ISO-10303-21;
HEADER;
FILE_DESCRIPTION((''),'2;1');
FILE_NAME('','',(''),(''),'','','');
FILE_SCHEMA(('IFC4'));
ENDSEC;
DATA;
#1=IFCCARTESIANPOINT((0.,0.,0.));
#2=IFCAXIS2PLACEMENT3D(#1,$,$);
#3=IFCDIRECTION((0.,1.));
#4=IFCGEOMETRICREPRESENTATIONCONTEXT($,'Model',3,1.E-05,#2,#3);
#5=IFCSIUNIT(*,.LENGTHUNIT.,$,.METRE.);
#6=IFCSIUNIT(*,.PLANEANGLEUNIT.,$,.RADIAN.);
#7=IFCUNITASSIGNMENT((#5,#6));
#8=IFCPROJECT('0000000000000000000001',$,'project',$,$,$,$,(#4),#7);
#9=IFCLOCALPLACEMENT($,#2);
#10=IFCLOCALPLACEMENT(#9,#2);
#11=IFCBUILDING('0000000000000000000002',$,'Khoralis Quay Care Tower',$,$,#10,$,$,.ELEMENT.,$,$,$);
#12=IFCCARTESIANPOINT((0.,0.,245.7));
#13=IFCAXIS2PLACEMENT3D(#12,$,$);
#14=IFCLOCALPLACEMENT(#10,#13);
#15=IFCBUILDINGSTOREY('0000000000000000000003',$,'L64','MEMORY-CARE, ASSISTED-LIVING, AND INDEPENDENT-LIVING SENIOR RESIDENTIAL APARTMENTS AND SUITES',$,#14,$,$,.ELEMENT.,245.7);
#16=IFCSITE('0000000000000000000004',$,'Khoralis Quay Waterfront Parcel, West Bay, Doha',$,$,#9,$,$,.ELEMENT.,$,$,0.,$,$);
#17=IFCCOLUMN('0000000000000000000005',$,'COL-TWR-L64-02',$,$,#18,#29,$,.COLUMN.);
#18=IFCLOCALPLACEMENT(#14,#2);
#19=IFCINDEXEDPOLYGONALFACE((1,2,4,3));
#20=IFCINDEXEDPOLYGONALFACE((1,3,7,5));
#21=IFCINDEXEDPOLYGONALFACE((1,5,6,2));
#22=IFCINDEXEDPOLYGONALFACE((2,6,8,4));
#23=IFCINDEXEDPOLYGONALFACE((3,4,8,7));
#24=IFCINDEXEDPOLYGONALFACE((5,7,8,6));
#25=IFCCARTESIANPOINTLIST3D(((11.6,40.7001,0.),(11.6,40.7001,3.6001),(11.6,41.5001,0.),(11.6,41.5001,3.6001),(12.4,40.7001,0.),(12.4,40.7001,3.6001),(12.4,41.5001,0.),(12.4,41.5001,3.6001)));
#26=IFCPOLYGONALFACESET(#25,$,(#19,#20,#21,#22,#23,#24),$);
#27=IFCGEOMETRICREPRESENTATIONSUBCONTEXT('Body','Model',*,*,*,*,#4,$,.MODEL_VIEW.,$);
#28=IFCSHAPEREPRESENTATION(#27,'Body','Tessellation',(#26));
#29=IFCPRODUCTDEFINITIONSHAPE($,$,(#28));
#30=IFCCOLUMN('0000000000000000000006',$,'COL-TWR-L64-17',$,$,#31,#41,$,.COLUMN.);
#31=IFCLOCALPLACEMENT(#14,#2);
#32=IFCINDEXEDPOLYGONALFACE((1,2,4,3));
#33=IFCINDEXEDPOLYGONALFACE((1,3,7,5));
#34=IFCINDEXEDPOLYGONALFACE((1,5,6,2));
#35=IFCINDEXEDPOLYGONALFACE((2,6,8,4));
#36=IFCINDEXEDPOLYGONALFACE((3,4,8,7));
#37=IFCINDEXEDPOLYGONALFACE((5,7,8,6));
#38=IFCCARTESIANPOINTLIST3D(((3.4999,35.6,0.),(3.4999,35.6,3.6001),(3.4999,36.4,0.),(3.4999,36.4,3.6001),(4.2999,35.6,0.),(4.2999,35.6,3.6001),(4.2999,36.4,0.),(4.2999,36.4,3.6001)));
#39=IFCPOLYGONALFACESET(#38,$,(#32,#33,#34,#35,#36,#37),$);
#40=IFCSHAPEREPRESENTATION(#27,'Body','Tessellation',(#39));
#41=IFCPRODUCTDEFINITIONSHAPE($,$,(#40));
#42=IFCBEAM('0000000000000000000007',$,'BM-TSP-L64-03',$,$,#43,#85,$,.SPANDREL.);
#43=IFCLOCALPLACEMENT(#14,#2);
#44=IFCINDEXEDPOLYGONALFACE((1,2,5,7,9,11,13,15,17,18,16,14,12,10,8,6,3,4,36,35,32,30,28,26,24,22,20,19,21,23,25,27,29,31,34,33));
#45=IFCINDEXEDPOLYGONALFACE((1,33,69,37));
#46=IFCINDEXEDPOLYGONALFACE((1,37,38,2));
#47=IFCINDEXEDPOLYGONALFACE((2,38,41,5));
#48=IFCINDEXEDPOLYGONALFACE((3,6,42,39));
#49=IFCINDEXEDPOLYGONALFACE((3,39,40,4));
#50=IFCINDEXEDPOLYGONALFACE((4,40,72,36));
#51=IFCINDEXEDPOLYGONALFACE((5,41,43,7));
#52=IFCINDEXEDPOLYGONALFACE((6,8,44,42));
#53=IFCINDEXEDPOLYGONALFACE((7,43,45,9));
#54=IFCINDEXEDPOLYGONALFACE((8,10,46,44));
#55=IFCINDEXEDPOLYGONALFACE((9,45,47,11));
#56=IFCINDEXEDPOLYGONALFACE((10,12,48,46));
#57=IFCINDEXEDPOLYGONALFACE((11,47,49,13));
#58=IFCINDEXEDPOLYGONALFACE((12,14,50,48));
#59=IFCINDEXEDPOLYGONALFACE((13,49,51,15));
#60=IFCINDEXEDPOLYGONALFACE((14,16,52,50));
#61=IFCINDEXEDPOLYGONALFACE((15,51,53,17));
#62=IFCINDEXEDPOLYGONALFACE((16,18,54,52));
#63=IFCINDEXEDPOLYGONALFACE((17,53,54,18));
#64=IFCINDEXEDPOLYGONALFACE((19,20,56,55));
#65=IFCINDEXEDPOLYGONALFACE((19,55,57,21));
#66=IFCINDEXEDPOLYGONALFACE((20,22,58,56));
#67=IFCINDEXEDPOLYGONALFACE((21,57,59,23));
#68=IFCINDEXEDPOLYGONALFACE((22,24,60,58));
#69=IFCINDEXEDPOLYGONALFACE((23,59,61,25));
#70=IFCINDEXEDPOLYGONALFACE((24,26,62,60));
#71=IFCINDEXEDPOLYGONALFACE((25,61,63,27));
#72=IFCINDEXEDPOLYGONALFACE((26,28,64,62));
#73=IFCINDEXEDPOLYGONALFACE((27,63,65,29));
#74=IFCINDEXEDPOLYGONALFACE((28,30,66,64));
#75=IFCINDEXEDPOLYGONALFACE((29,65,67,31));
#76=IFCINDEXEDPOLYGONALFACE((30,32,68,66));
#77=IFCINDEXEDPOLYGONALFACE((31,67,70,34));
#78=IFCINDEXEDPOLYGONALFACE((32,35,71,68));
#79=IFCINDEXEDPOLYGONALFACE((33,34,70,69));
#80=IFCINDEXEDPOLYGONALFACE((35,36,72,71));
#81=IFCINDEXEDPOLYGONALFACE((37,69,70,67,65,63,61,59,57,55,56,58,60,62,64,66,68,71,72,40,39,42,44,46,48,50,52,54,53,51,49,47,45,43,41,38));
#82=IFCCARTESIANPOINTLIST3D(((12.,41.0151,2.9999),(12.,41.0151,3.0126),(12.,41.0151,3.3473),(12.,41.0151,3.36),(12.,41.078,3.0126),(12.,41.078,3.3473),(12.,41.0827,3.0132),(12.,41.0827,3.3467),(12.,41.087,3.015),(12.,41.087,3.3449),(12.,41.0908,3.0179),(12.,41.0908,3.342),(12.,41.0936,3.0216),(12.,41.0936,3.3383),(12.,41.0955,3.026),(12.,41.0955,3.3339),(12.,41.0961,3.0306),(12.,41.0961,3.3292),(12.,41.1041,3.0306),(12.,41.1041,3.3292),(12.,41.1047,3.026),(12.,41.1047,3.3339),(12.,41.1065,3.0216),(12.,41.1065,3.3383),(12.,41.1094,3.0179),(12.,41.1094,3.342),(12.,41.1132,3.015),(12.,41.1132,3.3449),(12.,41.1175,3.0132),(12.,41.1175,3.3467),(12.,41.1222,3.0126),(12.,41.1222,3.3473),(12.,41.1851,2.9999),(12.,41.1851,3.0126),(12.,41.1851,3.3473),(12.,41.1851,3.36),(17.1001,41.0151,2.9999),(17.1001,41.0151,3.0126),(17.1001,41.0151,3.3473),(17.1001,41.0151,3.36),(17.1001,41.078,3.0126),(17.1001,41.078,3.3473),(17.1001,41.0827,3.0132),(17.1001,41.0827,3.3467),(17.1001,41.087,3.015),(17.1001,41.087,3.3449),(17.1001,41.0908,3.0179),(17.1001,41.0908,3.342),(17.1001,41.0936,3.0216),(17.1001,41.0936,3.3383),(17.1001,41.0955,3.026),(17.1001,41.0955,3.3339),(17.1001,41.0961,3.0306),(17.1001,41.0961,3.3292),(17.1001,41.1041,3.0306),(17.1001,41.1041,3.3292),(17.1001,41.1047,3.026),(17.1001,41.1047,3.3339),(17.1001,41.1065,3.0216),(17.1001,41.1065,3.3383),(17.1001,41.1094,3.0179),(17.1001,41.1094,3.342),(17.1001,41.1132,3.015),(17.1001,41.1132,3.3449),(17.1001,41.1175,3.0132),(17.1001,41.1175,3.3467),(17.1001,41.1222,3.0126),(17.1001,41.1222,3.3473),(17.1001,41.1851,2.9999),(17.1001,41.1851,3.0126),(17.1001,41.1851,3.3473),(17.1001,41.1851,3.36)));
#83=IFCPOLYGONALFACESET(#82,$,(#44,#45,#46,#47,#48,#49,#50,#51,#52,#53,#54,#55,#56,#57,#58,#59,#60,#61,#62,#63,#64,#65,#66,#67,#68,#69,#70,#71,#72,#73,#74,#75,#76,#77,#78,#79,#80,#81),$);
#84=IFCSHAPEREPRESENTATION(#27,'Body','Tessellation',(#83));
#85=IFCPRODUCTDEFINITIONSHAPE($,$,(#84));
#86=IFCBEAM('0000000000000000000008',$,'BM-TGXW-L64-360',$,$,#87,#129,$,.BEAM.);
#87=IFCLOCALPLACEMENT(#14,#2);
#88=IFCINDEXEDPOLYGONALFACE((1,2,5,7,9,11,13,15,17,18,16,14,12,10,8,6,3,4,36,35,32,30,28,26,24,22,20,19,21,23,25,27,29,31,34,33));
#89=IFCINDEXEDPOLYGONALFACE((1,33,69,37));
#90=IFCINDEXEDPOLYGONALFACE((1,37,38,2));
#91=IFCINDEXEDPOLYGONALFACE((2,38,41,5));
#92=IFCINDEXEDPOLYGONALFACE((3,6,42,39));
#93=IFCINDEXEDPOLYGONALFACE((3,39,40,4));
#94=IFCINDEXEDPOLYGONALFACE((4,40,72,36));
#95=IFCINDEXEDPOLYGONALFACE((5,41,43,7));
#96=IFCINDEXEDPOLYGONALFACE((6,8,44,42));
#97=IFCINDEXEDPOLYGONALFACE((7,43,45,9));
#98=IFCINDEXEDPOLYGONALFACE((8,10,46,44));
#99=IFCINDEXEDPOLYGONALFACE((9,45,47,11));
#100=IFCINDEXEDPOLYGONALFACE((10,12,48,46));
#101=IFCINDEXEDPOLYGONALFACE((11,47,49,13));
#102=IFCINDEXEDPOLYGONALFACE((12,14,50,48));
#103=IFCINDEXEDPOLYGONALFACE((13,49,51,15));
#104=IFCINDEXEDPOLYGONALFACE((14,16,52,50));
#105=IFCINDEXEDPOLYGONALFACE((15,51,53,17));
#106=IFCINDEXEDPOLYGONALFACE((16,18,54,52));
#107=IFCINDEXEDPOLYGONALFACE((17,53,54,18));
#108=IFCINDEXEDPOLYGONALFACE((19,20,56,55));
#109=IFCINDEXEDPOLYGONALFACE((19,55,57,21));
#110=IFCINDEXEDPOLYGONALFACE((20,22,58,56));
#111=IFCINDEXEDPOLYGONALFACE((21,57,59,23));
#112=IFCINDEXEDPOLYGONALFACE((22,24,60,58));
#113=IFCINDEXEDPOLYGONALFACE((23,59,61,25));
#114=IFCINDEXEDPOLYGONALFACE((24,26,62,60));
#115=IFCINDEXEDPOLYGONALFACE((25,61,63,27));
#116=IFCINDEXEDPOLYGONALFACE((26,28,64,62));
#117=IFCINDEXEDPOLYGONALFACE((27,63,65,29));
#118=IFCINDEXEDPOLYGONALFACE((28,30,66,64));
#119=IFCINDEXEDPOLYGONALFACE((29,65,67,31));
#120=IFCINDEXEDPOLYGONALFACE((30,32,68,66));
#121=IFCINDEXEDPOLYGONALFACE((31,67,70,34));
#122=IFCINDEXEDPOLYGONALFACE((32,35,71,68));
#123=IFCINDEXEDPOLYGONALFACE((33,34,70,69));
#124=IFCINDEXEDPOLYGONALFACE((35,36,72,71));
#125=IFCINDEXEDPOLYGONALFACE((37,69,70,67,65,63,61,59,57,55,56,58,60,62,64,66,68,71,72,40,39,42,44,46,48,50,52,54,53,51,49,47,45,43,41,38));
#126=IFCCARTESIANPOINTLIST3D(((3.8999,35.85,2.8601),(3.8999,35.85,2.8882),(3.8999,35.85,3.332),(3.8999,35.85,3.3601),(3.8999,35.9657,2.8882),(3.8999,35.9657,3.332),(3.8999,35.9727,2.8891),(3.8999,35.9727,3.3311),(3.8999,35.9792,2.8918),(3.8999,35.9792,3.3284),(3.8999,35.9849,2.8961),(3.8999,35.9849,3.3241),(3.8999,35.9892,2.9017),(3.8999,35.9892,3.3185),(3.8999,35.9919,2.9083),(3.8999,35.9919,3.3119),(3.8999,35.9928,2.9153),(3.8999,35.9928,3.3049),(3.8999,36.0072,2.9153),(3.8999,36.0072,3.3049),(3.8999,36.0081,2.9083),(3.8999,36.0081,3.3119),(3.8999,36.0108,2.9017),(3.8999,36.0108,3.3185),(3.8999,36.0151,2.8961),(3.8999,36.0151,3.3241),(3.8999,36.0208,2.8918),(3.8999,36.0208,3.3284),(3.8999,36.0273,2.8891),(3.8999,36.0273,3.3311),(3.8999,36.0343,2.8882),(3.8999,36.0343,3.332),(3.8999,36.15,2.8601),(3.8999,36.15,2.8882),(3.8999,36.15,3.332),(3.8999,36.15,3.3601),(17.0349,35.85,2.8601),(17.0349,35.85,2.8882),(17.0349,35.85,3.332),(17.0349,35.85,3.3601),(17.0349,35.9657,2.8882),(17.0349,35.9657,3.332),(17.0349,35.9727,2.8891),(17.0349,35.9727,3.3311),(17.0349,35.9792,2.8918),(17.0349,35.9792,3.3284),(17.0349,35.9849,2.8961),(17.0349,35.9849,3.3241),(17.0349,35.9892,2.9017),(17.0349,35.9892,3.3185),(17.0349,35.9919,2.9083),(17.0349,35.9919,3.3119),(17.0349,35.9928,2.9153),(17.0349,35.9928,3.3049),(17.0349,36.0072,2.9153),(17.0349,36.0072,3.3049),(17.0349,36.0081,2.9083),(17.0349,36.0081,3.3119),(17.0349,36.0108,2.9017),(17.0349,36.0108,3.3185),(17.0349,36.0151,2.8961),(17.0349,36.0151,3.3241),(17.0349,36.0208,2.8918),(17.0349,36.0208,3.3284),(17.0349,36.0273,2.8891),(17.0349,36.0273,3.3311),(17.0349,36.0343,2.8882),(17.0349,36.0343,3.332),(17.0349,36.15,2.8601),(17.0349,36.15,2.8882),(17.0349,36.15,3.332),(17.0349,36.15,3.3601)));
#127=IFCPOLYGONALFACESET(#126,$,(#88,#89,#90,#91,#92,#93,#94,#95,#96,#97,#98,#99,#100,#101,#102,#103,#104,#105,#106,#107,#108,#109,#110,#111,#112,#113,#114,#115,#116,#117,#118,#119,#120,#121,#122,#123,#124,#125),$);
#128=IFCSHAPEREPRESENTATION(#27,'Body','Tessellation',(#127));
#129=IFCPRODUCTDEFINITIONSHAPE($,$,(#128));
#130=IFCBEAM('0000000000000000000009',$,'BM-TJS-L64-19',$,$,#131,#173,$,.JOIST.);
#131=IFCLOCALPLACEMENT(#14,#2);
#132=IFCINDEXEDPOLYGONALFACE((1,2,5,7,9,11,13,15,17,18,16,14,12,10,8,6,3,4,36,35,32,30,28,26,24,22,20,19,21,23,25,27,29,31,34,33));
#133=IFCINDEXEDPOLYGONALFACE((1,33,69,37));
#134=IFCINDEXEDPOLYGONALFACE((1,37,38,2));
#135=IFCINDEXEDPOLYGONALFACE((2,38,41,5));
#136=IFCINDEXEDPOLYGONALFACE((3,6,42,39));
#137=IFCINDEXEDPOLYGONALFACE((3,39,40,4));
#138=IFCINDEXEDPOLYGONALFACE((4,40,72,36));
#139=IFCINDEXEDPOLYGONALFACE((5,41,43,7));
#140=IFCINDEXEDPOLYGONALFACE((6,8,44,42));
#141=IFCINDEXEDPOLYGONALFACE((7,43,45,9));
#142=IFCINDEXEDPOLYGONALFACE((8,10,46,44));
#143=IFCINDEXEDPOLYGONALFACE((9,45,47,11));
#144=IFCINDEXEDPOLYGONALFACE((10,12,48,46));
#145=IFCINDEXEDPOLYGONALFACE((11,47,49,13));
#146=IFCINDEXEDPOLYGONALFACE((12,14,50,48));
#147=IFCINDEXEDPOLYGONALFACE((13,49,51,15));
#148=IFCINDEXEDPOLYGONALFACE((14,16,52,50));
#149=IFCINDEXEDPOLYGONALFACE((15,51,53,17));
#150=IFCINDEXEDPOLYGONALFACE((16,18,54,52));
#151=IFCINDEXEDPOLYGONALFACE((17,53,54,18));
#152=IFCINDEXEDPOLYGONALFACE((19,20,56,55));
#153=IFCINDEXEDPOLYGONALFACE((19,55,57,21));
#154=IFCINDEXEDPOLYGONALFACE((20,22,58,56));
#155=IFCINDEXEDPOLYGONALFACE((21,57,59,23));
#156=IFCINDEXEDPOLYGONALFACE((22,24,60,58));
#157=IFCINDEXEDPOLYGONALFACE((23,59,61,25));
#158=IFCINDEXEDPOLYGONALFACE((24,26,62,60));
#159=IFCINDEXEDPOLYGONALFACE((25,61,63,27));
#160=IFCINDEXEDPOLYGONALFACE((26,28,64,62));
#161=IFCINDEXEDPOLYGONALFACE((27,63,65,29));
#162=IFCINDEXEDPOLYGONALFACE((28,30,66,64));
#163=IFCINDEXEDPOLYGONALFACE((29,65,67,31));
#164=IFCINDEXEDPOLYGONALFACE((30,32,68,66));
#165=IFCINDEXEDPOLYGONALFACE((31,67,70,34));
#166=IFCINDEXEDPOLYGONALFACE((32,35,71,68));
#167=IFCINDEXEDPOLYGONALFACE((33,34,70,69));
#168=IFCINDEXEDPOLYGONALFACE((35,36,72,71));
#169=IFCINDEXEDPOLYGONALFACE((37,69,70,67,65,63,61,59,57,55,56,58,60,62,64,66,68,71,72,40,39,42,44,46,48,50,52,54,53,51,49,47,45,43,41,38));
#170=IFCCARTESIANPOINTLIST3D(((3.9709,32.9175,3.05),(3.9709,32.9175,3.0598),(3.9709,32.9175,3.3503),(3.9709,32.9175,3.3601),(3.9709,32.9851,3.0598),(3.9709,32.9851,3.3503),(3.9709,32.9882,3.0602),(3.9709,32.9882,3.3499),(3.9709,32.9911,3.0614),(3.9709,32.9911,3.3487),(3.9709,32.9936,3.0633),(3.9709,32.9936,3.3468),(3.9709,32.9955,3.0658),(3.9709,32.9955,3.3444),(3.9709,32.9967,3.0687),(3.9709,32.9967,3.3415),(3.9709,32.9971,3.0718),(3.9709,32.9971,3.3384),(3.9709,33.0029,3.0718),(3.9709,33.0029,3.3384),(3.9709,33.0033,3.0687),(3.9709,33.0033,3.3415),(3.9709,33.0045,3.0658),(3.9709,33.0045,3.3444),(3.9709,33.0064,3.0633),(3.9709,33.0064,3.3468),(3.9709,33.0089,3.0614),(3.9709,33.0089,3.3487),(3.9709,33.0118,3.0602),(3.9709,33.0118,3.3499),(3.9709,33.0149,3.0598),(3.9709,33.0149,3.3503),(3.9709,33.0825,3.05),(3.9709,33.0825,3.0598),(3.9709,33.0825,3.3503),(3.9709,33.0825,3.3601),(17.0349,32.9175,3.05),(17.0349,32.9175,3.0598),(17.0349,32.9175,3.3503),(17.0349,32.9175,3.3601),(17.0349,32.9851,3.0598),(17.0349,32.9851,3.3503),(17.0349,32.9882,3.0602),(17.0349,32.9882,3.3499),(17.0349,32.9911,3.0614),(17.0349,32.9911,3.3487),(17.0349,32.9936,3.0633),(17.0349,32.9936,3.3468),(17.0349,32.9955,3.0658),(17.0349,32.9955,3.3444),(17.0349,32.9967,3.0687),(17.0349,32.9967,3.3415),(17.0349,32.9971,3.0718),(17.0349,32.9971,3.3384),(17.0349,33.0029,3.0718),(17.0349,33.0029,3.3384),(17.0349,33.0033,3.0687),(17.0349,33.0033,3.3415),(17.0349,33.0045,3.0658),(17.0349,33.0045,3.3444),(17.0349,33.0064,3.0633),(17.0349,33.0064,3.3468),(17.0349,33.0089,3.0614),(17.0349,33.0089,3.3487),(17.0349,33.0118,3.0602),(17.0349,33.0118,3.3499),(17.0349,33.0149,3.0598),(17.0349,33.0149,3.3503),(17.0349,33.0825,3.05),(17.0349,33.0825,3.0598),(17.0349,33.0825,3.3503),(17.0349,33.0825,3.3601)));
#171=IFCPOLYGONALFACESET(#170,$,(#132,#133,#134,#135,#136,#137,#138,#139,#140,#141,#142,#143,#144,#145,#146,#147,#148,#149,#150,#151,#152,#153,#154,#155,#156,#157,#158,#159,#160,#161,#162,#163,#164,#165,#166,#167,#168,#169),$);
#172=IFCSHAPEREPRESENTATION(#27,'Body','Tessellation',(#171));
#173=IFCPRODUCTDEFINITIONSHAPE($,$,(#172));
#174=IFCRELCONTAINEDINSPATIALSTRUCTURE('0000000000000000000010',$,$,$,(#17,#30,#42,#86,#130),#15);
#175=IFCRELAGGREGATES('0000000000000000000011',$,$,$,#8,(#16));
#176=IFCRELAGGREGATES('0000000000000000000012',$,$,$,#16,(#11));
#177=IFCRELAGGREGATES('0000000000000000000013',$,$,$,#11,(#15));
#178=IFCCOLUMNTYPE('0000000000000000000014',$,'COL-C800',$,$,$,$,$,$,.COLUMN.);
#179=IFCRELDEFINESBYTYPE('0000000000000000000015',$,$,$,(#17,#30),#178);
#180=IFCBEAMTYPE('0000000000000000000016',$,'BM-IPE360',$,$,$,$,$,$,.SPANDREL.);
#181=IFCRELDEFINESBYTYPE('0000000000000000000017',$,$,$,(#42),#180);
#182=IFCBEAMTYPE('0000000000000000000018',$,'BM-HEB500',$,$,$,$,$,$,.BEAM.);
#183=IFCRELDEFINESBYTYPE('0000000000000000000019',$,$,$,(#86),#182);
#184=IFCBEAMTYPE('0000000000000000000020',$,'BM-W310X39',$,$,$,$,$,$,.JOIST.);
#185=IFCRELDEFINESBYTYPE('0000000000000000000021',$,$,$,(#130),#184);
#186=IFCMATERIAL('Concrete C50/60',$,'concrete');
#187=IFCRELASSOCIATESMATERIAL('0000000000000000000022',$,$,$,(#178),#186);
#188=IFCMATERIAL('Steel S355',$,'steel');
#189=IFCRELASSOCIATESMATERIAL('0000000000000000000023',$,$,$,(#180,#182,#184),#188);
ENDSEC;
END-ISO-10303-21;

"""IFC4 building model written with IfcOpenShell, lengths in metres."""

from ifc_helpers import new_model, si_unit, direction, frame, origin, origin_2d, place, context, subcontext, project, spatial, rectangle, i_section, extrude, source, transform, mapped, material, material_profile, profile_set, type_object, element, save


model = new_model("IFC4")

# Units and contexts
model_context = context("Model", 3, precision=1e-05, world=origin(), true_north=direction((0.0, 1.0)))
body_context = subcontext(model_context, "Body", "Model", "MODEL_VIEW")
ifc_project = project(units=[si_unit("LENGTHUNIT", "METRE"), si_unit("PLANEANGLEUNIT", "RADIAN")], contexts=[model_context])

# Site, building, storey
site_placement = place(None, origin())
site = spatial("IfcSite", under=ifc_project, at=site_placement, Name="Khoralis Quay Waterfront Parcel, West Bay, Doha", CompositionType="ELEMENT", RefElevation=0.0)
building_placement = place(site_placement, origin())
building = spatial("IfcBuilding", under=site, at=building_placement, Name="Khoralis Quay Care Tower", CompositionType="ELEMENT")
storey_placement = place(building_placement, frame((0.0, 0.0, 245.7)))
storey = spatial("IfcBuildingStorey", under=building, at=storey_placement, Name="L64", Description="MEMORY-CARE, ASSISTED-LIVING, AND INDEPENDENT-LIVING SENIOR RESIDENTIAL APARTMENTS AND SUITES", CompositionType="ELEMENT", Elevation=245.7)

# Columns
ifc_material_1 = material(Name="Concrete C50/60", Category="concrete")
ifc_material_profile_1 = material_profile(ifc_material_1, rectangle(XDim=0.8, YDim=0.8, at=origin_2d()), Name="Concrete C50/60")
ifc_profile_set_1 = profile_set([ifc_material_profile_1], Name="Concrete C50/60")
column_type = type_object("IfcColumnType", Name="COL-C800", PredefinedType="COLUMN", material=ifc_profile_set_1)
shared_shape_1 = source(origin(), body_context, "Body", "SweptSolid", [
    extrude(rectangle(XDim=0.8, YDim=0.8, at=origin_2d()), origin(), (0.0, 0.0, 1.0), 3.6001),
])
for number, where, z_axis, x_axis, name in (
    (1, (12.0, 41.1001, 0.0), (0.0, 0.0, 1.0), (1.0, 0.0, 0.0), "COL-TWR-L64-02"),
    (2, (3.8999, 36.0, 0.0), (0.0, 0.0, 1.0), (1.0, 0.0, 0.0), "COL-TWR-L64-17"),
):
    element("IfcColumn", number, at=place(storey_placement, frame(where, z_axis=z_axis, x_axis=x_axis)), inside=storey, type_object=column_type, Name=name, PredefinedType="COLUMN", context=body_context, shape_type="MappedRepresentation", body=[
        mapped(shared_shape_1, transform((0.0, 0.0, 0.0), scale=1.0)),
    ])

# Beams
ifc_material_2 = material(Name="Steel S355", Category="steel")
ifc_material_profile_2 = material_profile(ifc_material_2, i_section(OverallWidth=0.1699, OverallDepth=0.3601, WebThickness=0.0081, FlangeThickness=0.0127, FilletRadius=0.0181, at=origin_2d()), Name="Steel S355")
ifc_profile_set_2 = profile_set([ifc_material_profile_2], Name="Steel S355")
beam_type_1 = type_object("IfcBeamType", Name="BM-IPE360", PredefinedType="SPANDREL", material=ifc_profile_set_2)
shared_shape_2 = source(origin(), body_context, "Body", "SweptSolid", [
    extrude(i_section(OverallWidth=0.1699, OverallDepth=0.3601, WebThickness=0.0081, FlangeThickness=0.0127, FilletRadius=0.0181, at=origin_2d()), origin(), (0.0, 0.0, 1.0), 5.1001),
])
beam_1_placement = place(storey_placement, frame((12.0, 41.1001, 3.1799), z_axis=(1.0, 0.0, 0.0), x_axis=(0.0, 1.0, 0.0)))
element("IfcBeam", 3, at=beam_1_placement, inside=storey, type_object=beam_type_1, Name="BM-TSP-L64-03", PredefinedType="SPANDREL", context=body_context, shape_type="MappedRepresentation", body=[
    mapped(shared_shape_2, transform((0.0, 0.0, 0.0), scale=1.0)),
])
ifc_material_profile_3 = material_profile(ifc_material_2, i_section(OverallWidth=0.3, OverallDepth=0.5, WebThickness=0.0144, FlangeThickness=0.0281, FilletRadius=0.0271, at=origin_2d()), Name="Steel S355")
ifc_profile_set_3 = profile_set([ifc_material_profile_3], Name="Steel S355")
beam_type_2 = type_object("IfcBeamType", Name="BM-HEB500", PredefinedType="BEAM", material=ifc_profile_set_3)
shared_shape_3 = source(origin(), body_context, "Body", "SweptSolid", [
    extrude(i_section(OverallWidth=0.3, OverallDepth=0.5, WebThickness=0.0144, FlangeThickness=0.0281, FilletRadius=0.0271, at=origin_2d()), origin(), (0.0, 0.0, 1.0), 13.135),
])
beam_2_placement = place(storey_placement, frame((3.8999, 36.0, 3.1101), z_axis=(1.0, 0.0, 0.0), x_axis=(0.0, 1.0, 0.0)))
element("IfcBeam", 4, at=beam_2_placement, inside=storey, type_object=beam_type_2, Name="BM-TGXW-L64-360", PredefinedType="BEAM", context=body_context, shape_type="MappedRepresentation", body=[
    mapped(shared_shape_3, transform((0.0, 0.0, 0.0), scale=1.0)),
])
ifc_material_profile_4 = material_profile(ifc_material_2, i_section(OverallWidth=0.165, OverallDepth=0.3101, WebThickness=0.0059, FlangeThickness=0.0098, FilletRadius=0.012, at=origin_2d()), Name="Steel S355")
ifc_profile_set_4 = profile_set([ifc_material_profile_4], Name="Steel S355")
beam_type_3 = type_object("IfcBeamType", Name="BM-W310X39", PredefinedType="JOIST", material=ifc_profile_set_4)
shared_shape_4 = source(origin(), body_context, "Body", "SweptSolid", [
    extrude(i_section(OverallWidth=0.165, OverallDepth=0.3101, WebThickness=0.0059, FlangeThickness=0.0098, FilletRadius=0.012, at=origin_2d()), origin(), (0.0, 0.0, 1.0), 13.064),
])
for number, where, z_axis, x_axis, name in (
    (5, (3.9709, 33.0, 3.2051), (1.0, 0.0, 0.0), (0.0, 1.0, 0.0), "BM-TJS-L64-19"),
):
    element("IfcBeam", number, at=place(storey_placement, frame(where, z_axis=z_axis, x_axis=x_axis)), inside=storey, type_object=beam_type_3, Name=name, PredefinedType="JOIST", context=body_context, shape_type="MappedRepresentation", body=[
        mapped(shared_shape_4, transform((0.0, 0.0, 0.0), scale=1.0)),
    ])

save(model, "model.ifc")
